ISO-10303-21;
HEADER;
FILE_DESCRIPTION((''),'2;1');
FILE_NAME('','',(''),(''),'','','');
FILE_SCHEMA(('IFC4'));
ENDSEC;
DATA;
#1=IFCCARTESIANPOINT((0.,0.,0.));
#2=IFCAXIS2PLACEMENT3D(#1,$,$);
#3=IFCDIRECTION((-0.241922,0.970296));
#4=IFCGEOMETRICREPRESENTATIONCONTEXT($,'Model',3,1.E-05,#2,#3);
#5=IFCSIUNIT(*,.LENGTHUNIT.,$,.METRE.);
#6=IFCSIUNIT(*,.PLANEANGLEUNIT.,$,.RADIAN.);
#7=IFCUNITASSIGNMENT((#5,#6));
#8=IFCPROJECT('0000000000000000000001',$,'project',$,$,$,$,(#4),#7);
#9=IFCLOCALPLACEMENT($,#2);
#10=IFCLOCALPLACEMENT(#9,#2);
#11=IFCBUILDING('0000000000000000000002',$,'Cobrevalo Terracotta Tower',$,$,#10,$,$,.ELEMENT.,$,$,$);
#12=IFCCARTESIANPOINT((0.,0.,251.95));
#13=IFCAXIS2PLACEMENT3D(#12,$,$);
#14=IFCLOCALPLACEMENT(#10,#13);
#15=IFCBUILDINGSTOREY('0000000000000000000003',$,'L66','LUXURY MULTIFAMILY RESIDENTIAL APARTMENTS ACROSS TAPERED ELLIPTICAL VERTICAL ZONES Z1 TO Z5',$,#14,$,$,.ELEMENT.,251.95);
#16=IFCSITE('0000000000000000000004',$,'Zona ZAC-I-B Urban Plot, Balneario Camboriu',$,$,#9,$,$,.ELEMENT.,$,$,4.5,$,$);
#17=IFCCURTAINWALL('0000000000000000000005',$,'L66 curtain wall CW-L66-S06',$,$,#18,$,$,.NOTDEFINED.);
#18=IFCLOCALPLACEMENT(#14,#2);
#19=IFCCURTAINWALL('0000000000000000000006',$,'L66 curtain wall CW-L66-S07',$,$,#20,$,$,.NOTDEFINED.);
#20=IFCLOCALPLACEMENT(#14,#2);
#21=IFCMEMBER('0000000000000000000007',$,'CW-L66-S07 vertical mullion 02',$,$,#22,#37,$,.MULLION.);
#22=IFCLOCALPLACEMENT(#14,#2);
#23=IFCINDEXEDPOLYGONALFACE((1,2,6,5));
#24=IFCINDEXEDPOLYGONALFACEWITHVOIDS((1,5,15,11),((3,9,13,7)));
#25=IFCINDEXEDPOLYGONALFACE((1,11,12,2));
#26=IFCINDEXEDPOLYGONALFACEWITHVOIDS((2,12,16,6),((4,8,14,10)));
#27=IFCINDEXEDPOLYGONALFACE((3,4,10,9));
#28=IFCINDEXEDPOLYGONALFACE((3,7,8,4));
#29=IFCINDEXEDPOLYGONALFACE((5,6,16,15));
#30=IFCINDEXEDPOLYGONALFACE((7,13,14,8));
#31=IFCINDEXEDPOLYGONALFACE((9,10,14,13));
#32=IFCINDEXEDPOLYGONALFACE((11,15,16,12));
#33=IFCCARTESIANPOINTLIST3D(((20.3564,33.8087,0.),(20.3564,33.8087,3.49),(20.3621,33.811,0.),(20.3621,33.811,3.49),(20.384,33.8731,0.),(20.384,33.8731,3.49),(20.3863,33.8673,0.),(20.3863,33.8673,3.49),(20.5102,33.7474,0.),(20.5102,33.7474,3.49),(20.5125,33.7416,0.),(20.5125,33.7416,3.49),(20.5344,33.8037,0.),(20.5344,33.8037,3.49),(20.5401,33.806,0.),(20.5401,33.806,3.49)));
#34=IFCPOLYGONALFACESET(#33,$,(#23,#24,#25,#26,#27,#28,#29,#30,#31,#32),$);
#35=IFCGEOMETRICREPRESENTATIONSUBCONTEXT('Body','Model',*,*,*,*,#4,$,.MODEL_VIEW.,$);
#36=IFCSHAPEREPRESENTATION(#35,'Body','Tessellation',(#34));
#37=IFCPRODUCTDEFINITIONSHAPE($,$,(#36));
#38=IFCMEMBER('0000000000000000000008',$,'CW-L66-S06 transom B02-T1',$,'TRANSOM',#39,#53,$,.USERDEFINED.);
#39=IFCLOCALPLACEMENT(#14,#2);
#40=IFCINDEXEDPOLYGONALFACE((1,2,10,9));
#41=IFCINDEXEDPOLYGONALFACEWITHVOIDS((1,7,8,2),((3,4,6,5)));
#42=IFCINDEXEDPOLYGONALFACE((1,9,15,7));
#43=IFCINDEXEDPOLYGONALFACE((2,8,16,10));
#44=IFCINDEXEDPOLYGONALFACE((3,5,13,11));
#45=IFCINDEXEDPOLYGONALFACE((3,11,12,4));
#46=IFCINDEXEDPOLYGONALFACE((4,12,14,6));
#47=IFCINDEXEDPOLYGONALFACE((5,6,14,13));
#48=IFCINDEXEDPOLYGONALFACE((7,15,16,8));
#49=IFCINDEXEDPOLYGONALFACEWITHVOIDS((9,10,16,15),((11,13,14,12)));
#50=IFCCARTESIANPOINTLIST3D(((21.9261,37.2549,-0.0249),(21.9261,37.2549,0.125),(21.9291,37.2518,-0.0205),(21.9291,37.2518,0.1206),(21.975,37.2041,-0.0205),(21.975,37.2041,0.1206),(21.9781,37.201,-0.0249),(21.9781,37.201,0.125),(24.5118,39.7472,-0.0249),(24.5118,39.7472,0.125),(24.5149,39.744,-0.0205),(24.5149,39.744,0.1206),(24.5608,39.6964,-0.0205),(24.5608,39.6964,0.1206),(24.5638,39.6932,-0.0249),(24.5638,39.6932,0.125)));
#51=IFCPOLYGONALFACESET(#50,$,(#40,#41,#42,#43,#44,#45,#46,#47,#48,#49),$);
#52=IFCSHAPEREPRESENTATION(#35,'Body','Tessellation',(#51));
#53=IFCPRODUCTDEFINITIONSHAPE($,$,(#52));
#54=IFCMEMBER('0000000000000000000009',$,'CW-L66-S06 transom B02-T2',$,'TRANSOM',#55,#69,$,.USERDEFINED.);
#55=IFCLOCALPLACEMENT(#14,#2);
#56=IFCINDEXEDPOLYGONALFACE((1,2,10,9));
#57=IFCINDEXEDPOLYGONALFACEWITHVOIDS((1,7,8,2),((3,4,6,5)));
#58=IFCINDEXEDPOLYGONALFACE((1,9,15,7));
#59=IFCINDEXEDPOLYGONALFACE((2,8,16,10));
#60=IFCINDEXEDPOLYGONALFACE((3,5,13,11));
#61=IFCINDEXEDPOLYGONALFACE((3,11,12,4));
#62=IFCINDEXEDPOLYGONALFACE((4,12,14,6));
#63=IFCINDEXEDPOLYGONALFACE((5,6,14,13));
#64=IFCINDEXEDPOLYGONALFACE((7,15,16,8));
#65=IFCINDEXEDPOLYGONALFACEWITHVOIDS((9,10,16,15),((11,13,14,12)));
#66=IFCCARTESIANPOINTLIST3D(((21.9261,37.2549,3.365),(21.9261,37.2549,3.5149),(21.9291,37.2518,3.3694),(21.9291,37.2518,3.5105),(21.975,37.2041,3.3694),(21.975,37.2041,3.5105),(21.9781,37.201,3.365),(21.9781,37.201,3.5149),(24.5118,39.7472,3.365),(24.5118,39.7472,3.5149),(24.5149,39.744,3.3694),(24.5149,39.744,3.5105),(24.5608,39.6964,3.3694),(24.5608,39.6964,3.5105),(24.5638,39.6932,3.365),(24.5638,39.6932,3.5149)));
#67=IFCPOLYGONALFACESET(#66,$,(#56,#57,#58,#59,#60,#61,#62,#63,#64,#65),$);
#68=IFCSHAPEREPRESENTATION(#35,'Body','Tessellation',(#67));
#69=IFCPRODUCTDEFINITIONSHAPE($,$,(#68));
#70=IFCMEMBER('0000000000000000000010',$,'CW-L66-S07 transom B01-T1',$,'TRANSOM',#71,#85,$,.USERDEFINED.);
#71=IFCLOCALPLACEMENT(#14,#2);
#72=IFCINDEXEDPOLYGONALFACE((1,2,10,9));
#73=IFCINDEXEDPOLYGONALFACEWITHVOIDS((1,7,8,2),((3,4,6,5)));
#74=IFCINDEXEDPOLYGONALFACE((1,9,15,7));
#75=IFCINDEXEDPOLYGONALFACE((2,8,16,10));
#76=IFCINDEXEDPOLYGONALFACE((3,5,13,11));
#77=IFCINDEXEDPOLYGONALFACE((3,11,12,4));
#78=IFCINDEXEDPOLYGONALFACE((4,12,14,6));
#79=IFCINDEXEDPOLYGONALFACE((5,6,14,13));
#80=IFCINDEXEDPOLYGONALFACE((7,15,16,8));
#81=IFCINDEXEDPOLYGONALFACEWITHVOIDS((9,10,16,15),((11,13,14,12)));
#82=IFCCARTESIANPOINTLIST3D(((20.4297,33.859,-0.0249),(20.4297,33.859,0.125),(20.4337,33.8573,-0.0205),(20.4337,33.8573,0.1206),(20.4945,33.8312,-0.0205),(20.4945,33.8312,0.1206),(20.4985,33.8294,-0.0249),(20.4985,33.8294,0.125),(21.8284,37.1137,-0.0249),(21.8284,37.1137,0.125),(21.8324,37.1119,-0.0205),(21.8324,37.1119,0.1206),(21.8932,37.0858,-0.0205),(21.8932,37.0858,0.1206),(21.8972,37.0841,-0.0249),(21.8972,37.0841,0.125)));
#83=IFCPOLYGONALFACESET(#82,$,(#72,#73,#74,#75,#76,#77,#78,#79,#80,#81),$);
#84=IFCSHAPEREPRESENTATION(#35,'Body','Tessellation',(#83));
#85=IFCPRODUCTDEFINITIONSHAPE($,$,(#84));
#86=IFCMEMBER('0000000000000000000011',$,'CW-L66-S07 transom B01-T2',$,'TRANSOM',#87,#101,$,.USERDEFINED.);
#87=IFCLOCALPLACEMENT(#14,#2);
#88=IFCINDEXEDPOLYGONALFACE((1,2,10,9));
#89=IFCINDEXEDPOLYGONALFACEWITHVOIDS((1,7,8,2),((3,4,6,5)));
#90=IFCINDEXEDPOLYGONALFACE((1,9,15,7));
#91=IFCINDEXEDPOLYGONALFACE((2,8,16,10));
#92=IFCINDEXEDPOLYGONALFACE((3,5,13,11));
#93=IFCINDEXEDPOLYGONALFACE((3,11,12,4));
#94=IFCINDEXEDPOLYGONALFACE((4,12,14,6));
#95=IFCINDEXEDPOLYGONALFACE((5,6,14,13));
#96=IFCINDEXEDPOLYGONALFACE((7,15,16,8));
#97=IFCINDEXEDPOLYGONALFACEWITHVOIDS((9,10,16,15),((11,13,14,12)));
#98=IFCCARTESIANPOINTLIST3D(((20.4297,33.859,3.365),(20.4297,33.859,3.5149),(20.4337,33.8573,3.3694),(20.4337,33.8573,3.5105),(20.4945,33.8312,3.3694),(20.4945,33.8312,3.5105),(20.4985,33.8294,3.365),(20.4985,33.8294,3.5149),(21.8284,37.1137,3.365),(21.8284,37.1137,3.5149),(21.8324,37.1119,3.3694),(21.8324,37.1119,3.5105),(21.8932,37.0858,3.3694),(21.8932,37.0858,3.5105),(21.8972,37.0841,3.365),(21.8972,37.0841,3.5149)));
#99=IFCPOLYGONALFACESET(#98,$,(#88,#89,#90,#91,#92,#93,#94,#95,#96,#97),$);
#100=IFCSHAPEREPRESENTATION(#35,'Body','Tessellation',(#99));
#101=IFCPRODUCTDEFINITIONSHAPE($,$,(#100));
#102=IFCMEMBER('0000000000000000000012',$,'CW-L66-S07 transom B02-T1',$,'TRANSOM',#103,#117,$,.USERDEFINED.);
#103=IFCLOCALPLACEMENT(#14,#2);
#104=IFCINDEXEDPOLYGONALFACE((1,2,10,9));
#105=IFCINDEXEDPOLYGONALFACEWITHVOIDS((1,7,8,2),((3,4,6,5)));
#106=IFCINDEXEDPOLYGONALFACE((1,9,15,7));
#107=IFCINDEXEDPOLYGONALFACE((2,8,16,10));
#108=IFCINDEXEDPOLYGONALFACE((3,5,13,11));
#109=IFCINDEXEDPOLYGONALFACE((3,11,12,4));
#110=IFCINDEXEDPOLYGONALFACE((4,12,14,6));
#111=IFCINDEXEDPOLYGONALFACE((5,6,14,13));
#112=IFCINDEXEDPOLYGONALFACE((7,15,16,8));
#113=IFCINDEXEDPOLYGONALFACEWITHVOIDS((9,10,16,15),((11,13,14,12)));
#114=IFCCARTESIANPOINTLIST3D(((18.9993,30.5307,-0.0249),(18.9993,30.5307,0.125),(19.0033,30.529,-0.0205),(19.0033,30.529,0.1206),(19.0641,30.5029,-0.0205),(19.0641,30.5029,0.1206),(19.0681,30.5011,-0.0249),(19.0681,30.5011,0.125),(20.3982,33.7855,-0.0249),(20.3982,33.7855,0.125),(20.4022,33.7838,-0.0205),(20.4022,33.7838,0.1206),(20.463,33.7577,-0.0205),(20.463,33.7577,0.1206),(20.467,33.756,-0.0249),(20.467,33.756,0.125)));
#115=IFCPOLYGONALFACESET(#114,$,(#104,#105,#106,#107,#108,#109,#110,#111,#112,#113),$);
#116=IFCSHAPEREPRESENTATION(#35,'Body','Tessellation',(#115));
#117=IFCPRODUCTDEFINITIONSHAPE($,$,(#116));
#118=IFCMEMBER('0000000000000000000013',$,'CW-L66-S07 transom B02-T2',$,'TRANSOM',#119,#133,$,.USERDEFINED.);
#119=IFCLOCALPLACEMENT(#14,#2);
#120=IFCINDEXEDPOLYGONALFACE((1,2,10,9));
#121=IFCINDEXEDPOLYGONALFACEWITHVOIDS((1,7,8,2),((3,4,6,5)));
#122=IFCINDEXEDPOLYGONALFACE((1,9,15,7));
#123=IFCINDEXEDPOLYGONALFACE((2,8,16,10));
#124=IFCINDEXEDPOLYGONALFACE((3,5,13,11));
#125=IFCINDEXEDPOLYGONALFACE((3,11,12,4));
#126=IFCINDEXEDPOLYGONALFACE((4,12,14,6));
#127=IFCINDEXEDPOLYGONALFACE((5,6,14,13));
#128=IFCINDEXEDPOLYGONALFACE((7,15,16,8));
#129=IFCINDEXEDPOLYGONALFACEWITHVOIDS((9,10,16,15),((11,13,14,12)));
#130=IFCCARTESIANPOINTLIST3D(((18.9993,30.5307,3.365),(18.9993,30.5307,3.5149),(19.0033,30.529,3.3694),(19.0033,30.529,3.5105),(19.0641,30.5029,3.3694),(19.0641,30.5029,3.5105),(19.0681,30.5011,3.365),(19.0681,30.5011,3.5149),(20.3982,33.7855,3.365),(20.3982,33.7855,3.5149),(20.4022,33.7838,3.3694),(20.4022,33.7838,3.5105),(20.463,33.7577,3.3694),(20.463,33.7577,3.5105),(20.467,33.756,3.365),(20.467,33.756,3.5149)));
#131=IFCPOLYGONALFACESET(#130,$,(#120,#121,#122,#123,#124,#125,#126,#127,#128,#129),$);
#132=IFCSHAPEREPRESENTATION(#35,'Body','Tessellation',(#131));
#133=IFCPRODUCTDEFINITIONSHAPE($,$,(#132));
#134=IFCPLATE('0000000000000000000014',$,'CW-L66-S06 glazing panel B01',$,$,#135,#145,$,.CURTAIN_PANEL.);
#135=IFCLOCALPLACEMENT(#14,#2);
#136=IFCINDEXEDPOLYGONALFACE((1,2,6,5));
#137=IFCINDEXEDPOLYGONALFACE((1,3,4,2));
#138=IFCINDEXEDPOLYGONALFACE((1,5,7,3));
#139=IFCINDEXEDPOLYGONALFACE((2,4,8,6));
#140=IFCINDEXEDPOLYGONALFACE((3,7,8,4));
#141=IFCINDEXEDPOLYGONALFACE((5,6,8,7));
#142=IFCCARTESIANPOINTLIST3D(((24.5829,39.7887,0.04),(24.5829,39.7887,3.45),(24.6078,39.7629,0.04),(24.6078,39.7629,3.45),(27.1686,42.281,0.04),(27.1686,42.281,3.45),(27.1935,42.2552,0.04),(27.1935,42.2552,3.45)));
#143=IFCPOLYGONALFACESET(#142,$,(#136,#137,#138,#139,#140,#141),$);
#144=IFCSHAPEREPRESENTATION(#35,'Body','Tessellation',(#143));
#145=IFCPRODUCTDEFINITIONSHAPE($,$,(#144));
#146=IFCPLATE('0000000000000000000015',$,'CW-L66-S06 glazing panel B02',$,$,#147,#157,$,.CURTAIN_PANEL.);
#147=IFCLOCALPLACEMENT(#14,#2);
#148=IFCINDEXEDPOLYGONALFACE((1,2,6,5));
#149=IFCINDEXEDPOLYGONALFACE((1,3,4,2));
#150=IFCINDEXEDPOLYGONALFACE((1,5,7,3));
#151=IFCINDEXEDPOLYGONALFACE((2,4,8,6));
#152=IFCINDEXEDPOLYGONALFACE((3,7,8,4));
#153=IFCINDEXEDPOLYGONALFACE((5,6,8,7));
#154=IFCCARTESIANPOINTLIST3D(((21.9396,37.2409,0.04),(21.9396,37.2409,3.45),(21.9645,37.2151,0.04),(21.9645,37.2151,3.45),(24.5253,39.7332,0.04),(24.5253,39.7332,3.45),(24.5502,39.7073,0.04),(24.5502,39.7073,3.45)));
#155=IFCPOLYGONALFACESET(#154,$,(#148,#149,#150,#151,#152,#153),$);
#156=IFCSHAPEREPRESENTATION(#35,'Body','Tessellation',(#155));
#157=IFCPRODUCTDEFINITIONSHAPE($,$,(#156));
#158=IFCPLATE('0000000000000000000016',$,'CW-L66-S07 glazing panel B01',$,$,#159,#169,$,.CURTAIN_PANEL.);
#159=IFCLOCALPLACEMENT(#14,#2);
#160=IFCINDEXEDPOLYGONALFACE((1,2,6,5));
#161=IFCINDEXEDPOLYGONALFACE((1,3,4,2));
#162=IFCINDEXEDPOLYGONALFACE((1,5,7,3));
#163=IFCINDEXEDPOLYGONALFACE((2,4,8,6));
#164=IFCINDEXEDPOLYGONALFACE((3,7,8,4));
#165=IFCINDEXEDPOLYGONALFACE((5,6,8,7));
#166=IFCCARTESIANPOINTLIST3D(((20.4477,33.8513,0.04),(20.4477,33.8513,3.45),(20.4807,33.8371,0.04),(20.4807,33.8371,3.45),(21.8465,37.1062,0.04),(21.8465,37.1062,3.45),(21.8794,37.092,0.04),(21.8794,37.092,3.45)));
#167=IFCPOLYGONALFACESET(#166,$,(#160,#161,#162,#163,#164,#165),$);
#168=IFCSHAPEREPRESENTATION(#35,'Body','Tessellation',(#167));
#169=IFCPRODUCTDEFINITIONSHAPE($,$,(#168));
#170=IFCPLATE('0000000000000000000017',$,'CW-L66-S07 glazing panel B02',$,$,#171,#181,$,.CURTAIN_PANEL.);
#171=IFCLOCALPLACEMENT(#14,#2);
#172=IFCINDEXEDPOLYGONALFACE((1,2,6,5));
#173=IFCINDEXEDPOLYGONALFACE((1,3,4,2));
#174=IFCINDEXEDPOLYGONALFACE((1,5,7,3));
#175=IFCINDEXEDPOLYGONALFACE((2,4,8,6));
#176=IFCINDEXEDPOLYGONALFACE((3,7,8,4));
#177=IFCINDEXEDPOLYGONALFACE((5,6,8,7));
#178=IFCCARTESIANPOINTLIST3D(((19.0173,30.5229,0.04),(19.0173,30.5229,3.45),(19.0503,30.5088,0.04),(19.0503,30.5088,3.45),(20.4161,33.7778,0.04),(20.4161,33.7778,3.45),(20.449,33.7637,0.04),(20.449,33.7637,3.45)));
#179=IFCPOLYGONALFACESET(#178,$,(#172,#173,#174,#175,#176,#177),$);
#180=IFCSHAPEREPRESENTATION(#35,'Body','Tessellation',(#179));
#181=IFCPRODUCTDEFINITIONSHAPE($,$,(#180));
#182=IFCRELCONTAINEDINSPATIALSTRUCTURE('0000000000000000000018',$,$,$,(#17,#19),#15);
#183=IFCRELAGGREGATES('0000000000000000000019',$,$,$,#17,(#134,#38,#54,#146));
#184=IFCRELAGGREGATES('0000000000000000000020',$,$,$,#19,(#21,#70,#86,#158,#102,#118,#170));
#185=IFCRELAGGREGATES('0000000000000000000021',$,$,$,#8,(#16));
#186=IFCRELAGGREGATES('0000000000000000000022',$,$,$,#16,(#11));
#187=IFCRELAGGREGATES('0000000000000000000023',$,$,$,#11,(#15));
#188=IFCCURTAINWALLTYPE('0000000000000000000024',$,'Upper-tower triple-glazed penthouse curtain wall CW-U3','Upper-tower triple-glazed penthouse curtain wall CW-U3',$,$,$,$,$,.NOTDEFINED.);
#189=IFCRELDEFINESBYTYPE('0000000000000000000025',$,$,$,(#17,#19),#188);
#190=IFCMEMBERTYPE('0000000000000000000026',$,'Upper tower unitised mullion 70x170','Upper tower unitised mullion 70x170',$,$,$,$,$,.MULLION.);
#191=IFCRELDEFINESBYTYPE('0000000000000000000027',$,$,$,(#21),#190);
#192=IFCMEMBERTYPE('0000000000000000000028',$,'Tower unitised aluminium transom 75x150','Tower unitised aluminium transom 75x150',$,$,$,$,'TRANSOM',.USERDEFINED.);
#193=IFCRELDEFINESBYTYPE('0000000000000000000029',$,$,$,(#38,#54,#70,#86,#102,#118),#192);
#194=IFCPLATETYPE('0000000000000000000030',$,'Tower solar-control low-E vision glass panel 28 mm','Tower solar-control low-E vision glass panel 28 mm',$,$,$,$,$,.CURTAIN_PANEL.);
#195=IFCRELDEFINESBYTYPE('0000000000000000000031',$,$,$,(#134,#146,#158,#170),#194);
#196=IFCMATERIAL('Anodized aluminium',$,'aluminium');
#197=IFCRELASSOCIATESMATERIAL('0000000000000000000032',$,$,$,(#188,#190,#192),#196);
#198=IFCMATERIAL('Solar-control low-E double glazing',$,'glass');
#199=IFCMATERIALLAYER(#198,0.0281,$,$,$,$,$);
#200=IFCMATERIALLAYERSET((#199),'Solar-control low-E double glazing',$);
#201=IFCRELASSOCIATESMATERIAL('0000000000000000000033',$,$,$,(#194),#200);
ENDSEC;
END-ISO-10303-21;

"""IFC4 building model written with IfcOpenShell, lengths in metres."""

from ifc_helpers import new_model, si_unit, direction, frame, origin, origin_2d, place, context, subcontext, project, spatial, rectangle, hollow_rectangle, extrude, source, transform, mapped, material, layer, layer_set, material_profile, profile_set, type_object, element, aggregate, save


model = new_model("IFC4")

# Units and contexts
model_context = context("Model", 3, precision=1e-05, world=origin(), true_north=direction((-0.241922, 0.970296)))
body_context = subcontext(model_context, "Body", "Model", "MODEL_VIEW")
ifc_project = project(units=[si_unit("LENGTHUNIT", "METRE"), si_unit("PLANEANGLEUNIT", "RADIAN")], contexts=[model_context])

# Site, building, storey
site_placement = place(None, origin())
site = spatial("IfcSite", under=ifc_project, at=site_placement, Name="Zona ZAC-I-B Urban Plot, Balneario Camboriu", CompositionType="ELEMENT", RefElevation=4.5)
building_placement = place(site_placement, origin())
building = spatial("IfcBuilding", under=site, at=building_placement, Name="Cobrevalo Terracotta Tower", CompositionType="ELEMENT")
storey_placement = place(building_placement, frame((0.0, 0.0, 251.95)))
storey = spatial("IfcBuildingStorey", under=building, at=storey_placement, Name="L66", Description="LUXURY MULTIFAMILY RESIDENTIAL APARTMENTS ACROSS TAPERED ELLIPTICAL VERTICAL ZONES Z1 TO Z5", CompositionType="ELEMENT", Elevation=251.95)

# Curtain walls, member
ifc_material_1 = material(Name="Anodized aluminium", Category="aluminium")
curtain_wall_type = type_object("IfcCurtainWallType", Name="Upper-tower triple-glazed penthouse curtain wall CW-U3", Description="Upper-tower triple-glazed penthouse curtain wall CW-U3", PredefinedType="NOTDEFINED", material=ifc_material_1)
curtain_wall_1_placement = place(storey_placement, origin())
curtain_wall_1 = element("IfcCurtainWall", 1, at=curtain_wall_1_placement, inside=storey, type_object=curtain_wall_type, Name="L66 curtain wall CW-L66-S06", PredefinedType="NOTDEFINED")
ifc_material_profile_1 = material_profile(ifc_material_1, hollow_rectangle(XDim=0.0701, YDim=0.1699, WallThickness=0.0044, at=origin_2d()), Name="CWM 70x170")
ifc_profile_set_1 = profile_set([ifc_material_profile_1], Name="Anodized aluminium")
member_type_1 = type_object("IfcMemberType", Name="Upper tower unitised mullion 70x170", Description="Upper tower unitised mullion 70x170", PredefinedType="MULLION", material=ifc_profile_set_1)
shared_shape_1 = source(origin(), body_context, "Body", "SweptSolid", [
    extrude(hollow_rectangle(XDim=0.0701, YDim=0.1699, WallThickness=0.0044, at=origin_2d()), origin(), (0.0, 0.0, 1.0), 3.49),
])
curtain_wall_2_placement = place(storey_placement, origin())
curtain_wall_2 = element("IfcCurtainWall", 2, at=curtain_wall_2_placement, inside=storey, type_object=curtain_wall_type, Name="L66 curtain wall CW-L66-S07", PredefinedType="NOTDEFINED")
member_1_placement = place(storey_placement, frame((20.4482, 33.8074, 0.0), z_axis=(0.0, 0.0, 1.0), x_axis=(-0.394824, -0.918757, 0.0)))
member_1 = element("IfcMember", 3, at=member_1_placement, type_object=member_type_1, Name="CW-L66-S07 vertical mullion 02", PredefinedType="MULLION", context=body_context, shape_type="MappedRepresentation", body=[
    mapped(shared_shape_1, transform((0.0, 0.0, 0.0), scale=1.0)),
])

# Members
ifc_material_profile_2 = material_profile(ifc_material_1, hollow_rectangle(XDim=0.075, YDim=0.1499, WallThickness=0.0044, at=origin_2d()), Name="CWT 75x150")
ifc_profile_set_2 = profile_set([ifc_material_profile_2], Name="Anodized aluminium")
member_type_2 = type_object("IfcMemberType", Name="Tower unitised aluminium transom 75x150", Description="Tower unitised aluminium transom 75x150", ElementType="TRANSOM", PredefinedType="USERDEFINED", material=ifc_profile_set_2)
shared_shape_2 = source(origin(), body_context, "Body", "SweptSolid", [
    extrude(hollow_rectangle(XDim=0.075, YDim=0.1499, WallThickness=0.0044, at=origin_2d()), origin(), (0.0, 0.0, 1.0), 3.5913),
])
member_2_placement = place(storey_placement, frame((24.5378, 39.7202, 0.05), z_axis=(-0.720006, -0.693968, 0.0), x_axis=(0.693968, -0.720006, 0.0)))
member_2 = element("IfcMember", 4, at=member_2_placement, type_object=member_type_2, Name="CW-L66-S06 transom B02-T1", ObjectType="TRANSOM", PredefinedType="USERDEFINED", context=body_context, shape_type="MappedRepresentation", body=[
    mapped(shared_shape_2, transform((0.0, 0.0, 0.0), scale=1.0)),
])
member_3_placement = place(storey_placement, frame((24.5378, 39.7202, 3.4399), z_axis=(-0.720006, -0.693968, 0.0), x_axis=(0.693968, -0.720006, 0.0)))
member_3 = element("IfcMember", 5, at=member_3_placement, type_object=member_type_2, Name="CW-L66-S06 transom B02-T2", ObjectType="TRANSOM", PredefinedType="USERDEFINED", context=body_context, shape_type="MappedRepresentation", body=[
    mapped(shared_shape_2, transform((0.0, 0.0, 0.0), scale=1.0)),
])
shared_shape_3 = source(origin(), body_context, "Body", "SweptSolid", [
    extrude(hollow_rectangle(XDim=0.075, YDim=0.1499, WallThickness=0.0044, at=origin_2d()), origin(), (0.0, 0.0, 1.0), 3.5425),
])
member_4_placement = place(storey_placement, frame((21.8628, 37.0989, 0.05), z_axis=(-0.394834, -0.918752, 0.0), x_axis=(0.918752, -0.394834, 0.0)))
member_4 = element("IfcMember", 6, at=member_4_placement, type_object=member_type_2, Name="CW-L66-S07 transom B01-T1", ObjectType="TRANSOM", PredefinedType="USERDEFINED", context=body_context, shape_type="MappedRepresentation", body=[
    mapped(shared_shape_3, transform((0.0, 0.0, 0.0), scale=1.0)),
])
member_5_placement = place(storey_placement, frame((21.8628, 37.0989, 3.4399), z_axis=(-0.394834, -0.918752, 0.0), x_axis=(0.918752, -0.394834, 0.0)))
member_5 = element("IfcMember", 7, at=member_5_placement, type_object=member_type_2, Name="CW-L66-S07 transom B01-T2", ObjectType="TRANSOM", PredefinedType="USERDEFINED", context=body_context, shape_type="MappedRepresentation", body=[
    mapped(shared_shape_3, transform((0.0, 0.0, 0.0), scale=1.0)),
])
shared_shape_4 = source(origin(), body_context, "Body", "SweptSolid", [
    extrude(hollow_rectangle(XDim=0.075, YDim=0.1499, WallThickness=0.0044, at=origin_2d()), origin(), (0.0, 0.0, 1.0), 3.5427),
])
member_6_placement = place(storey_placement, frame((20.4326, 33.7708, 0.05), z_axis=(-0.394867, -0.918738, 0.0), x_axis=(0.918738, -0.394867, 0.0)))
member_6 = element("IfcMember", 8, at=member_6_placement, type_object=member_type_2, Name="CW-L66-S07 transom B02-T1", ObjectType="TRANSOM", PredefinedType="USERDEFINED", context=body_context, shape_type="MappedRepresentation", body=[
    mapped(shared_shape_4, transform((0.0, 0.0, 0.0), scale=1.0)),
])
member_7_placement = place(storey_placement, frame((20.4326, 33.7708, 3.4399), z_axis=(-0.394867, -0.918738, 0.0), x_axis=(0.918738, -0.394867, 0.0)))
member_7 = element("IfcMember", 9, at=member_7_placement, type_object=member_type_2, Name="CW-L66-S07 transom B02-T2", ObjectType="TRANSOM", PredefinedType="USERDEFINED", context=body_context, shape_type="MappedRepresentation", body=[
    mapped(shared_shape_4, transform((0.0, 0.0, 0.0), scale=1.0)),
])

# Plates
ifc_material_2 = material(Name="Solar-control low-E double glazing", Category="glass")
ifc_layer_1 = layer(ifc_material_2, 0.0281)
ifc_layer_set_1 = layer_set([ifc_layer_1], Name="Solar-control low-E double glazing")
plate_type = type_object("IfcPlateType", Name="Tower solar-control low-E vision glass panel 28 mm", Description="Tower solar-control low-E vision glass panel 28 mm", PredefinedType="CURTAIN_PANEL", material=ifc_layer_set_1)
shared_shape_5 = source(origin(), body_context, "Body", "SweptSolid", [
    extrude(rectangle(XDim=3.5913, YDim=0.0359, at=origin_2d()), origin(), (0.0, 0.0, 1.0), 3.4099),
])
plate_1_placement = place(storey_placement, frame((25.8882, 41.022, 0.04), z_axis=(0.0, 0.0, 1.0), x_axis=(-0.719997, -0.693978, 0.0)))
plate_1 = element("IfcPlate", 10, at=plate_1_placement, type_object=plate_type, Name="CW-L66-S06 glazing panel B01", PredefinedType="CURTAIN_PANEL", context=body_context, shape_type="MappedRepresentation", body=[
    mapped(shared_shape_5, transform((0.0, 0.0, 0.0), scale=1.0)),
])
plate_2_placement = place(storey_placement, frame((23.2449, 38.4741, 0.04), z_axis=(0.0, 0.0, 1.0), x_axis=(-0.719997, -0.693978, 0.0)))
plate_2 = element("IfcPlate", 11, at=plate_2_placement, type_object=plate_type, Name="CW-L66-S06 glazing panel B02", PredefinedType="CURTAIN_PANEL", context=body_context, shape_type="MappedRepresentation", body=[
    mapped(shared_shape_5, transform((0.0, 0.0, 0.0), scale=1.0)),
])
aggregate(curtain_wall_1, [plate_1, member_2, member_3, plate_2])
shared_shape_6 = source(origin(), body_context, "Body", "SweptSolid", [
    extrude(rectangle(XDim=3.5427, YDim=0.0359, at=origin_2d()), origin(), (0.0, 0.0, 1.0), 3.4099),
])
plate_3_placement = place(storey_placement, frame((21.1636, 35.4717, 0.04), z_axis=(0.0, 0.0, 1.0), x_axis=(-0.394829, -0.918755, 0.0)))
plate_3 = element("IfcPlate", 12, at=plate_3_placement, type_object=plate_type, Name="CW-L66-S07 glazing panel B01", PredefinedType="CURTAIN_PANEL", context=body_context, shape_type="MappedRepresentation", body=[
    mapped(shared_shape_6, transform((0.0, 0.0, 0.0), scale=1.0)),
])
plate_4_placement = place(storey_placement, frame((19.7332, 32.1433, 0.04), z_axis=(0.0, 0.0, 1.0), x_axis=(-0.394829, -0.918755, 0.0)))
plate_4 = element("IfcPlate", 13, at=plate_4_placement, type_object=plate_type, Name="CW-L66-S07 glazing panel B02", PredefinedType="CURTAIN_PANEL", context=body_context, shape_type="MappedRepresentation", body=[
    mapped(shared_shape_6, transform((0.0, 0.0, 0.0), scale=1.0)),
])
aggregate(curtain_wall_2, [member_1, member_4, member_5, plate_3, member_6, member_7, plate_4])

save(model, "model.ifc")
